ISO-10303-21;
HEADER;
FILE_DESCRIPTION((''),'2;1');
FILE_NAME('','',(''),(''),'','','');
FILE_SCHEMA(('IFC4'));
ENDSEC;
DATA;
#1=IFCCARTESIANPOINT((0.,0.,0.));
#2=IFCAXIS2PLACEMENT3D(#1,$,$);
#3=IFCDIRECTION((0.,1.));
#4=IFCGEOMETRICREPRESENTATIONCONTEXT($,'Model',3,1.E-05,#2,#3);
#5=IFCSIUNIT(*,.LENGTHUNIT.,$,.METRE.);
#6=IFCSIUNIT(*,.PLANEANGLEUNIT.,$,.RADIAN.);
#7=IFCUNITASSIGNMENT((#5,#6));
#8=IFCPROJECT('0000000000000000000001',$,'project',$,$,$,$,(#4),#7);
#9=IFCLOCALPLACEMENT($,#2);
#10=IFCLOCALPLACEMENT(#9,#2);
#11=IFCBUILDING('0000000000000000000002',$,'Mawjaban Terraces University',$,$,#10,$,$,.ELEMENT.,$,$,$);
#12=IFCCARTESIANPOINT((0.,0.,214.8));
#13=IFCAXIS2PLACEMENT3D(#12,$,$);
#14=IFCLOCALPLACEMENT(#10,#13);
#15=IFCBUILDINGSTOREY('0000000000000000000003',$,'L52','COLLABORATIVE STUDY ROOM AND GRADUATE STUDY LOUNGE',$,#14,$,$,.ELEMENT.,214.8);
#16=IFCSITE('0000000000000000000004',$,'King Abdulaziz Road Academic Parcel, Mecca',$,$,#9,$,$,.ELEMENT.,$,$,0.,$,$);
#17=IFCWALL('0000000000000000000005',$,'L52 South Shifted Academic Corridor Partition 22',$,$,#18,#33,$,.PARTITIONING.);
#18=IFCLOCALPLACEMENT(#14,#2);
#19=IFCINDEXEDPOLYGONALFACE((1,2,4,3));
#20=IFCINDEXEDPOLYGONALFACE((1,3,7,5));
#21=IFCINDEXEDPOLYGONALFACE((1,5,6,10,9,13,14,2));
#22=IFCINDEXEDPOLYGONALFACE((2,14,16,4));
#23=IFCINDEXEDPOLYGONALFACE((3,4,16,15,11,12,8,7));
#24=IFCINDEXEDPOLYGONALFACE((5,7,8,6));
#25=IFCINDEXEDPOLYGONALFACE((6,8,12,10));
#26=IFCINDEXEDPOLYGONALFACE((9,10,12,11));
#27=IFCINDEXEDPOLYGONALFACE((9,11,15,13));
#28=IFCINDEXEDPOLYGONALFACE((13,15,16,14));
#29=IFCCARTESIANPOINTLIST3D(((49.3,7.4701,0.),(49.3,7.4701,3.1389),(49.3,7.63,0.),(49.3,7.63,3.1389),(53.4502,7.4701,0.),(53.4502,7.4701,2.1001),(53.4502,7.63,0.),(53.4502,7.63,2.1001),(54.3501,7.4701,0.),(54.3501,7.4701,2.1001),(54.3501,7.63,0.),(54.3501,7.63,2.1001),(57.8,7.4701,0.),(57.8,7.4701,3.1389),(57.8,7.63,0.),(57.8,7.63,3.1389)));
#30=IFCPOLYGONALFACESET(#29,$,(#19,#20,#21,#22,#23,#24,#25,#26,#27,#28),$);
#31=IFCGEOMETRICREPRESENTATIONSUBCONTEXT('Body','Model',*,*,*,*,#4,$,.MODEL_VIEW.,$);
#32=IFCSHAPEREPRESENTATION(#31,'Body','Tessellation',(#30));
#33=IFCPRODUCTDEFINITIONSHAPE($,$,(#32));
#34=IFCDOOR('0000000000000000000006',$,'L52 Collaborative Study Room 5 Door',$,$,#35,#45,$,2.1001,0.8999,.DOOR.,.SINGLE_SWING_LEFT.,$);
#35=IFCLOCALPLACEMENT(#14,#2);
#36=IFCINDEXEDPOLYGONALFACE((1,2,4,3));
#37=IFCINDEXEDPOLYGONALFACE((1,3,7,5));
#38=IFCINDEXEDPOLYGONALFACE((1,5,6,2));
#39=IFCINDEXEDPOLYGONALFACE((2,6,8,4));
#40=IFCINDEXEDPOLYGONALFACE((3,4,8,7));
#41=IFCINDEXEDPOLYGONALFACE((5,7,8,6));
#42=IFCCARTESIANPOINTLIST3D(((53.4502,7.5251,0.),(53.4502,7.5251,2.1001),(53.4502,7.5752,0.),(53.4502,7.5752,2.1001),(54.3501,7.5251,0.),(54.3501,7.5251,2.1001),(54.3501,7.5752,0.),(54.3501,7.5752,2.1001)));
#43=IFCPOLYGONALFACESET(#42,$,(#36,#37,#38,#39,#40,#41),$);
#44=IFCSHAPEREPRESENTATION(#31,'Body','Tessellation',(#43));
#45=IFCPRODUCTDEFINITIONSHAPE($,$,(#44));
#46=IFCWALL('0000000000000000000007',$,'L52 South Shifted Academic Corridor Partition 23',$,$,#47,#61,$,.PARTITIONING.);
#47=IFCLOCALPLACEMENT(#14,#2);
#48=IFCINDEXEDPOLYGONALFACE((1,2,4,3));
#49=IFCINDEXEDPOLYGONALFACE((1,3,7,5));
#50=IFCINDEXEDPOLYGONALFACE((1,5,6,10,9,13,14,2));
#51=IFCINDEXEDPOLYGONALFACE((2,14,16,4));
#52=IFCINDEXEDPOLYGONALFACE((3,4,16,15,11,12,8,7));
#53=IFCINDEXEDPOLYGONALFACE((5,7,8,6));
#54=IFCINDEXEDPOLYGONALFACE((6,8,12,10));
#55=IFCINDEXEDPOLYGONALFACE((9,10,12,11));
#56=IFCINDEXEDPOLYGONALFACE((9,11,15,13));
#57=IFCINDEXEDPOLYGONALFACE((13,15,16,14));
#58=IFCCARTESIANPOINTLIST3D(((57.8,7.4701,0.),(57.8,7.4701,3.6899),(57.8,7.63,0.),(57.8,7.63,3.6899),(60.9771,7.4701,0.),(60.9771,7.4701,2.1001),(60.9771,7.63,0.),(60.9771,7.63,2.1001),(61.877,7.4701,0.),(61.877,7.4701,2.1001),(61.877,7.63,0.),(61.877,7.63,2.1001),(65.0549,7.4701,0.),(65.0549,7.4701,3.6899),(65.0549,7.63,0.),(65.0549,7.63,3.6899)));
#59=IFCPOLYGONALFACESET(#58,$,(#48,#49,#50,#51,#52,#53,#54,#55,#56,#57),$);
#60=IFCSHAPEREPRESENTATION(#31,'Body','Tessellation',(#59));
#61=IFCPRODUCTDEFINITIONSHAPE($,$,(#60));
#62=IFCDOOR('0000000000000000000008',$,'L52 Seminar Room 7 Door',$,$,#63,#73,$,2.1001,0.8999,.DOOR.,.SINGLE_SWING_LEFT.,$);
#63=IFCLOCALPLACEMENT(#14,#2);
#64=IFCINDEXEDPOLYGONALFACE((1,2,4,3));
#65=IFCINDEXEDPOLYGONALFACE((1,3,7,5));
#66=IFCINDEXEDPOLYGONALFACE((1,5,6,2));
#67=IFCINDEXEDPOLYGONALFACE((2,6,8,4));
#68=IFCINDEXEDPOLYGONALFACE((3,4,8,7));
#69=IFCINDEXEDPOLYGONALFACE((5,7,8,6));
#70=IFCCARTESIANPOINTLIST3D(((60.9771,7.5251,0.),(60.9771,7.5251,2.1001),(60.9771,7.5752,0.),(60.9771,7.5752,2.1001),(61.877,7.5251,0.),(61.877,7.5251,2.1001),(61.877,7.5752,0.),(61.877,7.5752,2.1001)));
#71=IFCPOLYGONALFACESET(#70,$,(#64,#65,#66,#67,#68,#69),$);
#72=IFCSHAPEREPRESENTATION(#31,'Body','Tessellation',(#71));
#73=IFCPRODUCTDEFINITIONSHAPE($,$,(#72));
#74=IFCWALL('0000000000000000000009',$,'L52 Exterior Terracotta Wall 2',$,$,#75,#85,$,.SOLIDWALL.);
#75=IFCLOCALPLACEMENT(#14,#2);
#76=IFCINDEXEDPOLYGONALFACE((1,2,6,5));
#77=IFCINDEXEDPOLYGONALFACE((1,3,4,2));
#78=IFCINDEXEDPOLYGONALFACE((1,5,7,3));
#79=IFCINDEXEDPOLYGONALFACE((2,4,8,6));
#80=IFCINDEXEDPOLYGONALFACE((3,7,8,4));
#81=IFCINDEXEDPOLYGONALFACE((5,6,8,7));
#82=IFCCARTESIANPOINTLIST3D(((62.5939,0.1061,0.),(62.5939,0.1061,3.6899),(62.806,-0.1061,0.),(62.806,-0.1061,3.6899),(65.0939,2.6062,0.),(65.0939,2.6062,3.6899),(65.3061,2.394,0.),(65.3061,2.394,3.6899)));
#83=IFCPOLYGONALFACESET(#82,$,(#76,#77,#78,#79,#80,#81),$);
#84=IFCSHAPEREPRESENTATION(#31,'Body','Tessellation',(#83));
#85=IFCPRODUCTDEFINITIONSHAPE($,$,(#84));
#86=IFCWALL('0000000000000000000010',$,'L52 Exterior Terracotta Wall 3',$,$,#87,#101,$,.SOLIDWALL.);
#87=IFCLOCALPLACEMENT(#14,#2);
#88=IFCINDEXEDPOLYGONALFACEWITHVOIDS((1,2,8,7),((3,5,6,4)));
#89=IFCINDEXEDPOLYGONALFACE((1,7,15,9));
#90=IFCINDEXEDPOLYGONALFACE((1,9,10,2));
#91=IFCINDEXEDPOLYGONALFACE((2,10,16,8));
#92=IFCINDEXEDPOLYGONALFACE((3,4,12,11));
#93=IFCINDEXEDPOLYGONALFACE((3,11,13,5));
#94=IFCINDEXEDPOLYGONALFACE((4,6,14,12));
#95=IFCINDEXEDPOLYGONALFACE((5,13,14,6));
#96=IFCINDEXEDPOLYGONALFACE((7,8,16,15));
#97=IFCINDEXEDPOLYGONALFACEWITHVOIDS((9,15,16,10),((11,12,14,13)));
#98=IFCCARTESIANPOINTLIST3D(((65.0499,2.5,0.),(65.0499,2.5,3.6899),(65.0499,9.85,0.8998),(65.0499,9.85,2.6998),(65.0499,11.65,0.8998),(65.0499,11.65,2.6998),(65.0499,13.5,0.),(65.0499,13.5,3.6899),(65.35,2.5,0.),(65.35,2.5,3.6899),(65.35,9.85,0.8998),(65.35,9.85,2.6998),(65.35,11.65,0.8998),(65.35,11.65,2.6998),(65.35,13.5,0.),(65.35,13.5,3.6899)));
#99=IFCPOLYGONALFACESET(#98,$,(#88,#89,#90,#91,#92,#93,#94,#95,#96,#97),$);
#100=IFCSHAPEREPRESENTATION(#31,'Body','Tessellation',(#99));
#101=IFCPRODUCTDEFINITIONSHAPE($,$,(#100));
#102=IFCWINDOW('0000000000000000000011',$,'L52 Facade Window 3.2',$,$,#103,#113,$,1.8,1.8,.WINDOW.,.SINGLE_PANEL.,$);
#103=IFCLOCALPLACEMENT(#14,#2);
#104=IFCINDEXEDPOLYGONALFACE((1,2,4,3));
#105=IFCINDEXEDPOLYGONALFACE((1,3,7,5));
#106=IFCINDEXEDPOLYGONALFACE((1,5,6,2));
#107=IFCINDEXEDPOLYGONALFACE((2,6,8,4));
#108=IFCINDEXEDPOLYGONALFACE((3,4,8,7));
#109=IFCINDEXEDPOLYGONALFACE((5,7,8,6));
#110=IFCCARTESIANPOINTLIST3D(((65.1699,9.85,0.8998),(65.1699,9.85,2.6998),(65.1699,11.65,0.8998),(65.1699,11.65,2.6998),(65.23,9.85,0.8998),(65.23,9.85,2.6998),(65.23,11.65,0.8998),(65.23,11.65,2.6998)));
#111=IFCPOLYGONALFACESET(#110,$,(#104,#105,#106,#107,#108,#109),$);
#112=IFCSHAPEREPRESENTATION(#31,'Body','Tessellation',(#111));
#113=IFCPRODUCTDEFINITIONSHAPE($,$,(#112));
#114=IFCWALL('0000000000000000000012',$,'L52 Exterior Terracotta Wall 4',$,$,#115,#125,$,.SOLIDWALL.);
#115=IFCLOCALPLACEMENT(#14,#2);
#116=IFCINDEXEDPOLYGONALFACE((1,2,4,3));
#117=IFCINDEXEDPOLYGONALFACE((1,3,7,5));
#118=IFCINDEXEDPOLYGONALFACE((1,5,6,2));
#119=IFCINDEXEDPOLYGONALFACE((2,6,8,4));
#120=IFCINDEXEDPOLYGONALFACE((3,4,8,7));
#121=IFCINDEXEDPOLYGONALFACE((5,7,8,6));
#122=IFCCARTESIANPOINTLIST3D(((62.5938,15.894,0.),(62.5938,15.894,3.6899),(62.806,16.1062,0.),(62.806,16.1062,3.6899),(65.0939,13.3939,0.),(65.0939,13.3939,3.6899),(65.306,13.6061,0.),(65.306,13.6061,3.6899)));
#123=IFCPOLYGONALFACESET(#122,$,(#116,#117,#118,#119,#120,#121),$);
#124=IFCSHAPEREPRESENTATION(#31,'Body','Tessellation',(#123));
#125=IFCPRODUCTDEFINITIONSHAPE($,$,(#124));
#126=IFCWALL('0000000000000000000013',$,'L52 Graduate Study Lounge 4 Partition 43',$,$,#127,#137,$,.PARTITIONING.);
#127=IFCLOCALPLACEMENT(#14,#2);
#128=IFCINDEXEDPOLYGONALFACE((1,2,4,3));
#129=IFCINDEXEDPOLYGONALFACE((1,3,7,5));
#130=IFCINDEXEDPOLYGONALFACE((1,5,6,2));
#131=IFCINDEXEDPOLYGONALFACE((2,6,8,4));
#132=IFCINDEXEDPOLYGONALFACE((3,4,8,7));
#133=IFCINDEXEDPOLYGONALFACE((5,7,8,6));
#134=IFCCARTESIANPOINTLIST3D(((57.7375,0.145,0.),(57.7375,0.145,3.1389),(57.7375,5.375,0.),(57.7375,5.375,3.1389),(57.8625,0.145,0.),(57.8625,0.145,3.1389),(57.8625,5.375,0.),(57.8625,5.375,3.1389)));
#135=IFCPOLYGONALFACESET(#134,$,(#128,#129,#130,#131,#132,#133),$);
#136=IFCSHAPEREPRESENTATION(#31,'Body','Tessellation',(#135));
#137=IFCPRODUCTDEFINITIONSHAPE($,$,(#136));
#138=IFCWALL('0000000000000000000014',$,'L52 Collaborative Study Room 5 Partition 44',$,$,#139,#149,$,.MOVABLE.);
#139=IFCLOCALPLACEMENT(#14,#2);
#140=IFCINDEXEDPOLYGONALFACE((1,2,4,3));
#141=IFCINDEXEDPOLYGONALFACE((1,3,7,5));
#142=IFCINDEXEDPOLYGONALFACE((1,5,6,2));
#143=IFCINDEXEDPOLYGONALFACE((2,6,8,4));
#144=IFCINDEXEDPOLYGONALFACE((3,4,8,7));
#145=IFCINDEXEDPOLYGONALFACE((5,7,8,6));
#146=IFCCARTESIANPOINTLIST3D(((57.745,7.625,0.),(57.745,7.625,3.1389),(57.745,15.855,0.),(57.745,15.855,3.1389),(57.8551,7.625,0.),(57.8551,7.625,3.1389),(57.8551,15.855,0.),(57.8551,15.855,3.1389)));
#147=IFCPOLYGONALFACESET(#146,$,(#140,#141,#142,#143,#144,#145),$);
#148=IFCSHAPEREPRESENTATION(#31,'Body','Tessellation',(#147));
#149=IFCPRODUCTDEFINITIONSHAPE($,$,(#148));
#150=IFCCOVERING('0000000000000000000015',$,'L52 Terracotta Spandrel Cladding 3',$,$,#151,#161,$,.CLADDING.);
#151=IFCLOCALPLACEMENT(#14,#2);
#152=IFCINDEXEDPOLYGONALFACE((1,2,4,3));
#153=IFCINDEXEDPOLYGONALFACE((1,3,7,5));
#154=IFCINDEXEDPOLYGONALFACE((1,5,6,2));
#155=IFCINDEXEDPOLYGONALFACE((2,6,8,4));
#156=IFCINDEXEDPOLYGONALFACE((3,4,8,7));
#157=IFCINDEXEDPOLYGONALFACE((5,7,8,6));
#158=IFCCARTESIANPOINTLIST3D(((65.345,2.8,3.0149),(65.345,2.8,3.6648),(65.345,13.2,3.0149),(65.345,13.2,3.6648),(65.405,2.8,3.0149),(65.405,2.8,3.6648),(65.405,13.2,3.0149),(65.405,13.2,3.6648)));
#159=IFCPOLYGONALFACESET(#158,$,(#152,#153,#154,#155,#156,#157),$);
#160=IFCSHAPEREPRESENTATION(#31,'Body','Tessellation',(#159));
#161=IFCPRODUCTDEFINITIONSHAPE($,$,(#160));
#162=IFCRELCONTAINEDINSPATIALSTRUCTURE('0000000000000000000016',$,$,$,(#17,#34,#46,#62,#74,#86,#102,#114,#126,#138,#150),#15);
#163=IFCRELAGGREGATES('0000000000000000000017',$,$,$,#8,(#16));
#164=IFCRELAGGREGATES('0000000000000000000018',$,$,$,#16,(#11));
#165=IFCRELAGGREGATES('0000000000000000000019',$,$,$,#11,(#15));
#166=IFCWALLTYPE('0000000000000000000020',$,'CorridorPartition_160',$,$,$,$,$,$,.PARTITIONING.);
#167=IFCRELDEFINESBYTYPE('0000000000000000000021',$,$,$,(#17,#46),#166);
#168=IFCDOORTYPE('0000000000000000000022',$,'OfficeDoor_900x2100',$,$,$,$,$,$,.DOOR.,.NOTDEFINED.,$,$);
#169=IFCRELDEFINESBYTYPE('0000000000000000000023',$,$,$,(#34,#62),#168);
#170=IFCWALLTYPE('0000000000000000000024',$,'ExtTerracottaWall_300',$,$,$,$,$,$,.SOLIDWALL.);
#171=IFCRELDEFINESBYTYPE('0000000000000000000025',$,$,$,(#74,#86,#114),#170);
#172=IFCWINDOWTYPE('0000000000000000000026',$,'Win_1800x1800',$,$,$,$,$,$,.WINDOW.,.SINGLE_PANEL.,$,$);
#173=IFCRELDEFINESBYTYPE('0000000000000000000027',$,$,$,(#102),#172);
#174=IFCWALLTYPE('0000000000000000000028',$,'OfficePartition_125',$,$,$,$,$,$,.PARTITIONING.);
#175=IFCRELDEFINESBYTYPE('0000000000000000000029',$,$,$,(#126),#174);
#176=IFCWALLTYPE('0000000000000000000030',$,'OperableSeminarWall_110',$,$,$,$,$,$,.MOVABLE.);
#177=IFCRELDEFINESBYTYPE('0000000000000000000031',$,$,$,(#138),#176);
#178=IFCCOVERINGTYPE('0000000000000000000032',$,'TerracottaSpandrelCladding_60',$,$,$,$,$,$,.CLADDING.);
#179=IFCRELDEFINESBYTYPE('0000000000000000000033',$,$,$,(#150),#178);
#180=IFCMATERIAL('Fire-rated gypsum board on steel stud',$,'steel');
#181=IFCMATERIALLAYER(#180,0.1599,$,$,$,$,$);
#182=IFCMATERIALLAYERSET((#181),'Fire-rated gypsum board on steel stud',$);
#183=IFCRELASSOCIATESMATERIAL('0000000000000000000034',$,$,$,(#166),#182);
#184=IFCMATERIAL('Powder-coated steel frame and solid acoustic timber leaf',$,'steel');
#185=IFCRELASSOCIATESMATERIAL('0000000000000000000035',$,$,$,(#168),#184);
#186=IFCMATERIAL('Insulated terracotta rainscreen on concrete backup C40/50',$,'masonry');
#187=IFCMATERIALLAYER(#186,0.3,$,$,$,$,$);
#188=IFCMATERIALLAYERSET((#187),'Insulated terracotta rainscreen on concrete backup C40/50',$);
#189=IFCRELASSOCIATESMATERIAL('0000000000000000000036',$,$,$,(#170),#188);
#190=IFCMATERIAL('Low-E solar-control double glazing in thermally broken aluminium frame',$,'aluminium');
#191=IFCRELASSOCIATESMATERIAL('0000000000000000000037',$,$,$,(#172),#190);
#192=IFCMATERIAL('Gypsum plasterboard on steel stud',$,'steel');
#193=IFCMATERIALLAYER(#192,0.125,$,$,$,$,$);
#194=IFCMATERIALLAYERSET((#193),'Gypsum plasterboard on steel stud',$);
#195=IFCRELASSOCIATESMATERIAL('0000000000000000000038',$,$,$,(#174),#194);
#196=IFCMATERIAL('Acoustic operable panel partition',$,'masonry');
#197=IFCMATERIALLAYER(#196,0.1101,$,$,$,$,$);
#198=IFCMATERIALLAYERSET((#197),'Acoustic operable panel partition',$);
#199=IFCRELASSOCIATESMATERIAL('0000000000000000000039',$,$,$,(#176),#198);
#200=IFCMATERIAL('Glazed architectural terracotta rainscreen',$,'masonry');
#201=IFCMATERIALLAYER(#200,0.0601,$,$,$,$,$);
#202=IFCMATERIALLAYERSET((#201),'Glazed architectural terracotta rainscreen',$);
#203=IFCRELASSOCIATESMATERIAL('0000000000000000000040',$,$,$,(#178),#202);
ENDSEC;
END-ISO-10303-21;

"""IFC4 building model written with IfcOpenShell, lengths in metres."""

from ifc_helpers import new_model, si_unit, direction, frame, frame_2d, origin, origin_2d, place, context, subcontext, project, spatial, rectangle, extrude, material, layer, layer_set, type_object, element, fill, save


model = new_model("IFC4")

# Units and contexts
model_context = context("Model", 3, precision=1e-05, world=origin(), true_north=direction((0.0, 1.0)))
body_context = subcontext(model_context, "Body", "Model", "MODEL_VIEW")
ifc_project = project(units=[si_unit("LENGTHUNIT", "METRE"), si_unit("PLANEANGLEUNIT", "RADIAN")], contexts=[model_context])

# Site, building, storey
site_placement = place(None, origin())
site = spatial("IfcSite", under=ifc_project, at=site_placement, Name="King Abdulaziz Road Academic Parcel, Mecca", CompositionType="ELEMENT", RefElevation=0.0)
building_placement = place(site_placement, origin())
building = spatial("IfcBuilding", under=site, at=building_placement, Name="Mawjaban Terraces University", CompositionType="ELEMENT")
storey_placement = place(building_placement, frame((0.0, 0.0, 214.8)))
storey = spatial("IfcBuildingStorey", under=building, at=storey_placement, Name="L52", Description="COLLABORATIVE STUDY ROOM AND GRADUATE STUDY LOUNGE", CompositionType="ELEMENT", Elevation=214.8)

# Walls, openings, doors
ifc_material_1 = material(Name="Fire-rated gypsum board on steel stud", Category="steel")
ifc_layer_1 = layer(ifc_material_1, 0.1599)
ifc_layer_set_1 = layer_set([ifc_layer_1], Name="Fire-rated gypsum board on steel stud")
wall_type_1 = type_object("IfcWallType", Name="CorridorPartition_160", PredefinedType="PARTITIONING", material=ifc_layer_set_1)
ifc_material_2 = material(Name="Powder-coated steel frame and solid acoustic timber leaf", Category="steel")
wall_1_placement = place(storey_placement, frame((57.8, 7.55, 0.0), z_axis=(0.0, 0.0, 1.0), x_axis=(-1.0, 0.0, 0.0)))
wall_1 = element("IfcWall", 1, at=wall_1_placement, inside=storey, type_object=wall_type_1, Name="L52 South Shifted Academic Corridor Partition 22", PredefinedType="PARTITIONING", context=body_context, shape_type="SweptSolid", body=[
    extrude(rectangle(XDim=8.5, YDim=0.1599, at=frame_2d((4.25, 0.0))), origin(), (0.0, 0.0, 1.0), 3.1389),
])
opening_1_placement = place(wall_1_placement, frame((3.45, 0.0, 0.0)))
opening_1 = element("IfcOpeningElement", 2, at=opening_1_placement, cuts=wall_1, PredefinedType="OPENING", context=body_context, shape_type="SweptSolid", body=[
    extrude(rectangle(XDim=0.8999, YDim=2.1001, at=frame_2d((0.45, 1.05))), frame((0.0, 0.0898, 0.0), z_axis=(0.0, -1.0, 0.0), x_axis=(1.0, 0.0, 0.0)), (0.0, 0.0, 1.0), 0.1799),
])
door_type_1 = type_object("IfcDoorType", Name="OfficeDoor_900x2100", OperationType="NOTDEFINED", PredefinedType="DOOR", material=ifc_material_2)
door_1_placement = place(opening_1_placement, origin())
door_1 = element("IfcDoor", 3, at=door_1_placement, inside=storey, type_object=door_type_1, Name="L52 Collaborative Study Room 5 Door", OperationType="SINGLE_SWING_LEFT", OverallHeight=2.1001, OverallWidth=0.8999, PredefinedType="DOOR", context=body_context, shape_type="SweptSolid", body=[
    extrude(rectangle(XDim=0.8999, YDim=2.1001, at=frame_2d((0.45, 1.05))), frame((0.0, 0.0249, 0.0), z_axis=(0.0, -1.0, 0.0), x_axis=(1.0, 0.0, 0.0)), (0.0, 0.0, 1.0), 0.05),
])
fill(opening_1, door_1)
wall_2_placement = place(storey_placement, frame((65.0549, 7.55, 0.0), z_axis=(0.0, 0.0, 1.0), x_axis=(-1.0, 0.0, 0.0)))
wall_2 = element("IfcWall", 4, at=wall_2_placement, inside=storey, type_object=wall_type_1, Name="L52 South Shifted Academic Corridor Partition 23", PredefinedType="PARTITIONING", context=body_context, shape_type="SweptSolid", body=[
    extrude(rectangle(XDim=7.2549, YDim=0.1599, at=frame_2d((3.6274, 0.0))), origin(), (0.0, 0.0, 1.0), 3.6899),
])
opening_2_placement = place(wall_2_placement, frame((3.178, 0.0, 0.0)))
opening_2 = element("IfcOpeningElement", 5, at=opening_2_placement, cuts=wall_2, PredefinedType="OPENING", context=body_context, shape_type="SweptSolid", body=[
    extrude(rectangle(XDim=0.8999, YDim=2.1001, at=frame_2d((0.45, 1.05))), frame((0.0, 0.0898, 0.0), z_axis=(0.0, -1.0, 0.0), x_axis=(1.0, 0.0, 0.0)), (0.0, 0.0, 1.0), 0.1799),
])
door_2_placement = place(opening_2_placement, origin())
door_2 = element("IfcDoor", 6, at=door_2_placement, inside=storey, type_object=door_type_1, Name="L52 Seminar Room 7 Door", OperationType="SINGLE_SWING_LEFT", OverallHeight=2.1001, OverallWidth=0.8999, PredefinedType="DOOR", context=body_context, shape_type="SweptSolid", body=[
    extrude(rectangle(XDim=0.8999, YDim=2.1001, at=frame_2d((0.45, 1.05))), frame((0.0, 0.0249, 0.0), z_axis=(0.0, -1.0, 0.0), x_axis=(1.0, 0.0, 0.0)), (0.0, 0.0, 1.0), 0.05),
])
fill(opening_2, door_2)

# Wall
ifc_material_3 = material(Name="Insulated terracotta rainscreen on concrete backup C40/50", Category="masonry")
ifc_layer_2 = layer(ifc_material_3, 0.3)
ifc_layer_set_2 = layer_set([ifc_layer_2], Name="Insulated terracotta rainscreen on concrete backup C40/50")
wall_type_2 = type_object("IfcWallType", Name="ExtTerracottaWall_300", PredefinedType="SOLIDWALL", material=ifc_layer_set_2)
wall_3_placement = place(storey_placement, frame((62.7, 0.0, 0.0), z_axis=(0.0, 0.0, 1.0), x_axis=(0.707107, 0.707107, 0.0)))
element("IfcWall", 7, at=wall_3_placement, inside=storey, type_object=wall_type_2, Name="L52 Exterior Terracotta Wall 2", PredefinedType="SOLIDWALL", context=body_context, shape_type="SweptSolid", body=[
    extrude(rectangle(XDim=3.5356, YDim=0.3, at=frame_2d((1.7678, 0.0))), origin(), (0.0, 0.0, 1.0), 3.6899),
])

# Wall, opening, window
wall_4_placement = place(storey_placement, frame((65.2, 2.5, 0.0), z_axis=(0.0, 0.0, 1.0), x_axis=(0.0, 1.0, 0.0)))
wall_4 = element("IfcWall", 8, at=wall_4_placement, inside=storey, type_object=wall_type_2, Name="L52 Exterior Terracotta Wall 3", PredefinedType="SOLIDWALL", context=body_context, shape_type="SweptSolid", body=[
    extrude(rectangle(XDim=11.0, YDim=0.3, at=frame_2d((5.5, 0.0))), origin(), (0.0, 0.0, 1.0), 3.6899),
])
opening_3_placement = place(wall_4_placement, frame((7.3501, 0.0, 0.8999)))
opening_3 = element("IfcOpeningElement", 9, at=opening_3_placement, cuts=wall_4, PredefinedType="OPENING", context=body_context, shape_type="SweptSolid", body=[
    extrude(rectangle(XDim=1.8, YDim=1.8, at=frame_2d((0.8999, 0.8999))), frame((0.0, 0.1599, 0.0), z_axis=(0.0, -1.0, 0.0), x_axis=(1.0, 0.0, 0.0)), (0.0, 0.0, 1.0), 0.3201),
])
ifc_material_4 = material(Name="Low-E solar-control double glazing in thermally broken aluminium frame", Category="aluminium")
window_type = type_object("IfcWindowType", Name="Win_1800x1800", PartitioningType="SINGLE_PANEL", PredefinedType="WINDOW", material=ifc_material_4)
window_placement = place(opening_3_placement, origin())
window = element("IfcWindow", 10, at=window_placement, inside=storey, type_object=window_type, Name="L52 Facade Window 3.2", OverallHeight=1.8, OverallWidth=1.8, PartitioningType="SINGLE_PANEL", PredefinedType="WINDOW", context=body_context, shape_type="SweptSolid", body=[
    extrude(rectangle(XDim=1.8, YDim=1.8, at=frame_2d((0.8999, 0.8999))), frame((0.0, 0.03, 0.0), z_axis=(0.0, -1.0, 0.0), x_axis=(1.0, 0.0, 0.0)), (0.0, 0.0, 1.0), 0.0601),
])
fill(opening_3, window)

# Walls
wall_5_placement = place(storey_placement, frame((65.2, 13.5, 0.0), z_axis=(0.0, 0.0, 1.0), x_axis=(-0.707107, 0.707107, 0.0)))
element("IfcWall", 11, at=wall_5_placement, inside=storey, type_object=wall_type_2, Name="L52 Exterior Terracotta Wall 4", PredefinedType="SOLIDWALL", context=body_context, shape_type="SweptSolid", body=[
    extrude(rectangle(XDim=3.5356, YDim=0.3, at=frame_2d((1.7678, 0.0))), origin(), (0.0, 0.0, 1.0), 3.6899),
])
ifc_material_5 = material(Name="Gypsum plasterboard on steel stud", Category="steel")
ifc_layer_3 = layer(ifc_material_5, 0.125)
ifc_layer_set_3 = layer_set([ifc_layer_3], Name="Gypsum plasterboard on steel stud")
wall_type_3 = type_object("IfcWallType", Name="OfficePartition_125", PredefinedType="PARTITIONING", material=ifc_layer_set_3)
wall_6_placement = place(storey_placement, frame((57.8, 0.145, 0.0), z_axis=(0.0, 0.0, 1.0), x_axis=(0.0, 1.0, 0.0)))
element("IfcWall", 12, at=wall_6_placement, inside=storey, type_object=wall_type_3, Name="L52 Graduate Study Lounge 4 Partition 43", PredefinedType="PARTITIONING", context=body_context, shape_type="SweptSolid", body=[
    extrude(rectangle(XDim=5.23, YDim=0.125, at=frame_2d((2.615, 0.0))), origin(), (0.0, 0.0, 1.0), 3.1389),
])
ifc_material_6 = material(Name="Acoustic operable panel partition", Category="masonry")
ifc_layer_4 = layer(ifc_material_6, 0.1101)
ifc_layer_set_4 = layer_set([ifc_layer_4], Name="Acoustic operable panel partition")
wall_type_4 = type_object("IfcWallType", Name="OperableSeminarWall_110", PredefinedType="MOVABLE", material=ifc_layer_set_4)
wall_7_placement = place(storey_placement, frame((57.8, 7.625, 0.0), z_axis=(0.0, 0.0, 1.0), x_axis=(0.0, 1.0, 0.0)))
element("IfcWall", 13, at=wall_7_placement, inside=storey, type_object=wall_type_4, Name="L52 Collaborative Study Room 5 Partition 44", PredefinedType="MOVABLE", context=body_context, shape_type="SweptSolid", body=[
    extrude(rectangle(XDim=8.23, YDim=0.1101, at=frame_2d((4.115, 0.0))), origin(), (0.0, 0.0, 1.0), 3.1389),
])

# Covering
ifc_material_7 = material(Name="Glazed architectural terracotta rainscreen", Category="masonry")
ifc_layer_5 = layer(ifc_material_7, 0.0601)
ifc_layer_set_5 = layer_set([ifc_layer_5], Name="Glazed architectural terracotta rainscreen")
covering_type = type_object("IfcCoveringType", Name="TerracottaSpandrelCladding_60", PredefinedType="CLADDING", material=ifc_layer_set_5)
covering_placement = place(storey_placement, frame((65.375, 8.0, 3.0149), z_axis=(0.0, 0.0, 1.0), x_axis=(0.0, 1.0, 0.0)))
element("IfcCovering", 14, at=covering_placement, inside=storey, type_object=covering_type, Name="L52 Terracotta Spandrel Cladding 3", PredefinedType="CLADDING", context=body_context, shape_type="SweptSolid", body=[
    extrude(rectangle(XDim=10.3999, YDim=0.0601, at=origin_2d()), origin(), (0.0, 0.0, 1.0), 0.6499),
])

save(model, "model.ifc")
